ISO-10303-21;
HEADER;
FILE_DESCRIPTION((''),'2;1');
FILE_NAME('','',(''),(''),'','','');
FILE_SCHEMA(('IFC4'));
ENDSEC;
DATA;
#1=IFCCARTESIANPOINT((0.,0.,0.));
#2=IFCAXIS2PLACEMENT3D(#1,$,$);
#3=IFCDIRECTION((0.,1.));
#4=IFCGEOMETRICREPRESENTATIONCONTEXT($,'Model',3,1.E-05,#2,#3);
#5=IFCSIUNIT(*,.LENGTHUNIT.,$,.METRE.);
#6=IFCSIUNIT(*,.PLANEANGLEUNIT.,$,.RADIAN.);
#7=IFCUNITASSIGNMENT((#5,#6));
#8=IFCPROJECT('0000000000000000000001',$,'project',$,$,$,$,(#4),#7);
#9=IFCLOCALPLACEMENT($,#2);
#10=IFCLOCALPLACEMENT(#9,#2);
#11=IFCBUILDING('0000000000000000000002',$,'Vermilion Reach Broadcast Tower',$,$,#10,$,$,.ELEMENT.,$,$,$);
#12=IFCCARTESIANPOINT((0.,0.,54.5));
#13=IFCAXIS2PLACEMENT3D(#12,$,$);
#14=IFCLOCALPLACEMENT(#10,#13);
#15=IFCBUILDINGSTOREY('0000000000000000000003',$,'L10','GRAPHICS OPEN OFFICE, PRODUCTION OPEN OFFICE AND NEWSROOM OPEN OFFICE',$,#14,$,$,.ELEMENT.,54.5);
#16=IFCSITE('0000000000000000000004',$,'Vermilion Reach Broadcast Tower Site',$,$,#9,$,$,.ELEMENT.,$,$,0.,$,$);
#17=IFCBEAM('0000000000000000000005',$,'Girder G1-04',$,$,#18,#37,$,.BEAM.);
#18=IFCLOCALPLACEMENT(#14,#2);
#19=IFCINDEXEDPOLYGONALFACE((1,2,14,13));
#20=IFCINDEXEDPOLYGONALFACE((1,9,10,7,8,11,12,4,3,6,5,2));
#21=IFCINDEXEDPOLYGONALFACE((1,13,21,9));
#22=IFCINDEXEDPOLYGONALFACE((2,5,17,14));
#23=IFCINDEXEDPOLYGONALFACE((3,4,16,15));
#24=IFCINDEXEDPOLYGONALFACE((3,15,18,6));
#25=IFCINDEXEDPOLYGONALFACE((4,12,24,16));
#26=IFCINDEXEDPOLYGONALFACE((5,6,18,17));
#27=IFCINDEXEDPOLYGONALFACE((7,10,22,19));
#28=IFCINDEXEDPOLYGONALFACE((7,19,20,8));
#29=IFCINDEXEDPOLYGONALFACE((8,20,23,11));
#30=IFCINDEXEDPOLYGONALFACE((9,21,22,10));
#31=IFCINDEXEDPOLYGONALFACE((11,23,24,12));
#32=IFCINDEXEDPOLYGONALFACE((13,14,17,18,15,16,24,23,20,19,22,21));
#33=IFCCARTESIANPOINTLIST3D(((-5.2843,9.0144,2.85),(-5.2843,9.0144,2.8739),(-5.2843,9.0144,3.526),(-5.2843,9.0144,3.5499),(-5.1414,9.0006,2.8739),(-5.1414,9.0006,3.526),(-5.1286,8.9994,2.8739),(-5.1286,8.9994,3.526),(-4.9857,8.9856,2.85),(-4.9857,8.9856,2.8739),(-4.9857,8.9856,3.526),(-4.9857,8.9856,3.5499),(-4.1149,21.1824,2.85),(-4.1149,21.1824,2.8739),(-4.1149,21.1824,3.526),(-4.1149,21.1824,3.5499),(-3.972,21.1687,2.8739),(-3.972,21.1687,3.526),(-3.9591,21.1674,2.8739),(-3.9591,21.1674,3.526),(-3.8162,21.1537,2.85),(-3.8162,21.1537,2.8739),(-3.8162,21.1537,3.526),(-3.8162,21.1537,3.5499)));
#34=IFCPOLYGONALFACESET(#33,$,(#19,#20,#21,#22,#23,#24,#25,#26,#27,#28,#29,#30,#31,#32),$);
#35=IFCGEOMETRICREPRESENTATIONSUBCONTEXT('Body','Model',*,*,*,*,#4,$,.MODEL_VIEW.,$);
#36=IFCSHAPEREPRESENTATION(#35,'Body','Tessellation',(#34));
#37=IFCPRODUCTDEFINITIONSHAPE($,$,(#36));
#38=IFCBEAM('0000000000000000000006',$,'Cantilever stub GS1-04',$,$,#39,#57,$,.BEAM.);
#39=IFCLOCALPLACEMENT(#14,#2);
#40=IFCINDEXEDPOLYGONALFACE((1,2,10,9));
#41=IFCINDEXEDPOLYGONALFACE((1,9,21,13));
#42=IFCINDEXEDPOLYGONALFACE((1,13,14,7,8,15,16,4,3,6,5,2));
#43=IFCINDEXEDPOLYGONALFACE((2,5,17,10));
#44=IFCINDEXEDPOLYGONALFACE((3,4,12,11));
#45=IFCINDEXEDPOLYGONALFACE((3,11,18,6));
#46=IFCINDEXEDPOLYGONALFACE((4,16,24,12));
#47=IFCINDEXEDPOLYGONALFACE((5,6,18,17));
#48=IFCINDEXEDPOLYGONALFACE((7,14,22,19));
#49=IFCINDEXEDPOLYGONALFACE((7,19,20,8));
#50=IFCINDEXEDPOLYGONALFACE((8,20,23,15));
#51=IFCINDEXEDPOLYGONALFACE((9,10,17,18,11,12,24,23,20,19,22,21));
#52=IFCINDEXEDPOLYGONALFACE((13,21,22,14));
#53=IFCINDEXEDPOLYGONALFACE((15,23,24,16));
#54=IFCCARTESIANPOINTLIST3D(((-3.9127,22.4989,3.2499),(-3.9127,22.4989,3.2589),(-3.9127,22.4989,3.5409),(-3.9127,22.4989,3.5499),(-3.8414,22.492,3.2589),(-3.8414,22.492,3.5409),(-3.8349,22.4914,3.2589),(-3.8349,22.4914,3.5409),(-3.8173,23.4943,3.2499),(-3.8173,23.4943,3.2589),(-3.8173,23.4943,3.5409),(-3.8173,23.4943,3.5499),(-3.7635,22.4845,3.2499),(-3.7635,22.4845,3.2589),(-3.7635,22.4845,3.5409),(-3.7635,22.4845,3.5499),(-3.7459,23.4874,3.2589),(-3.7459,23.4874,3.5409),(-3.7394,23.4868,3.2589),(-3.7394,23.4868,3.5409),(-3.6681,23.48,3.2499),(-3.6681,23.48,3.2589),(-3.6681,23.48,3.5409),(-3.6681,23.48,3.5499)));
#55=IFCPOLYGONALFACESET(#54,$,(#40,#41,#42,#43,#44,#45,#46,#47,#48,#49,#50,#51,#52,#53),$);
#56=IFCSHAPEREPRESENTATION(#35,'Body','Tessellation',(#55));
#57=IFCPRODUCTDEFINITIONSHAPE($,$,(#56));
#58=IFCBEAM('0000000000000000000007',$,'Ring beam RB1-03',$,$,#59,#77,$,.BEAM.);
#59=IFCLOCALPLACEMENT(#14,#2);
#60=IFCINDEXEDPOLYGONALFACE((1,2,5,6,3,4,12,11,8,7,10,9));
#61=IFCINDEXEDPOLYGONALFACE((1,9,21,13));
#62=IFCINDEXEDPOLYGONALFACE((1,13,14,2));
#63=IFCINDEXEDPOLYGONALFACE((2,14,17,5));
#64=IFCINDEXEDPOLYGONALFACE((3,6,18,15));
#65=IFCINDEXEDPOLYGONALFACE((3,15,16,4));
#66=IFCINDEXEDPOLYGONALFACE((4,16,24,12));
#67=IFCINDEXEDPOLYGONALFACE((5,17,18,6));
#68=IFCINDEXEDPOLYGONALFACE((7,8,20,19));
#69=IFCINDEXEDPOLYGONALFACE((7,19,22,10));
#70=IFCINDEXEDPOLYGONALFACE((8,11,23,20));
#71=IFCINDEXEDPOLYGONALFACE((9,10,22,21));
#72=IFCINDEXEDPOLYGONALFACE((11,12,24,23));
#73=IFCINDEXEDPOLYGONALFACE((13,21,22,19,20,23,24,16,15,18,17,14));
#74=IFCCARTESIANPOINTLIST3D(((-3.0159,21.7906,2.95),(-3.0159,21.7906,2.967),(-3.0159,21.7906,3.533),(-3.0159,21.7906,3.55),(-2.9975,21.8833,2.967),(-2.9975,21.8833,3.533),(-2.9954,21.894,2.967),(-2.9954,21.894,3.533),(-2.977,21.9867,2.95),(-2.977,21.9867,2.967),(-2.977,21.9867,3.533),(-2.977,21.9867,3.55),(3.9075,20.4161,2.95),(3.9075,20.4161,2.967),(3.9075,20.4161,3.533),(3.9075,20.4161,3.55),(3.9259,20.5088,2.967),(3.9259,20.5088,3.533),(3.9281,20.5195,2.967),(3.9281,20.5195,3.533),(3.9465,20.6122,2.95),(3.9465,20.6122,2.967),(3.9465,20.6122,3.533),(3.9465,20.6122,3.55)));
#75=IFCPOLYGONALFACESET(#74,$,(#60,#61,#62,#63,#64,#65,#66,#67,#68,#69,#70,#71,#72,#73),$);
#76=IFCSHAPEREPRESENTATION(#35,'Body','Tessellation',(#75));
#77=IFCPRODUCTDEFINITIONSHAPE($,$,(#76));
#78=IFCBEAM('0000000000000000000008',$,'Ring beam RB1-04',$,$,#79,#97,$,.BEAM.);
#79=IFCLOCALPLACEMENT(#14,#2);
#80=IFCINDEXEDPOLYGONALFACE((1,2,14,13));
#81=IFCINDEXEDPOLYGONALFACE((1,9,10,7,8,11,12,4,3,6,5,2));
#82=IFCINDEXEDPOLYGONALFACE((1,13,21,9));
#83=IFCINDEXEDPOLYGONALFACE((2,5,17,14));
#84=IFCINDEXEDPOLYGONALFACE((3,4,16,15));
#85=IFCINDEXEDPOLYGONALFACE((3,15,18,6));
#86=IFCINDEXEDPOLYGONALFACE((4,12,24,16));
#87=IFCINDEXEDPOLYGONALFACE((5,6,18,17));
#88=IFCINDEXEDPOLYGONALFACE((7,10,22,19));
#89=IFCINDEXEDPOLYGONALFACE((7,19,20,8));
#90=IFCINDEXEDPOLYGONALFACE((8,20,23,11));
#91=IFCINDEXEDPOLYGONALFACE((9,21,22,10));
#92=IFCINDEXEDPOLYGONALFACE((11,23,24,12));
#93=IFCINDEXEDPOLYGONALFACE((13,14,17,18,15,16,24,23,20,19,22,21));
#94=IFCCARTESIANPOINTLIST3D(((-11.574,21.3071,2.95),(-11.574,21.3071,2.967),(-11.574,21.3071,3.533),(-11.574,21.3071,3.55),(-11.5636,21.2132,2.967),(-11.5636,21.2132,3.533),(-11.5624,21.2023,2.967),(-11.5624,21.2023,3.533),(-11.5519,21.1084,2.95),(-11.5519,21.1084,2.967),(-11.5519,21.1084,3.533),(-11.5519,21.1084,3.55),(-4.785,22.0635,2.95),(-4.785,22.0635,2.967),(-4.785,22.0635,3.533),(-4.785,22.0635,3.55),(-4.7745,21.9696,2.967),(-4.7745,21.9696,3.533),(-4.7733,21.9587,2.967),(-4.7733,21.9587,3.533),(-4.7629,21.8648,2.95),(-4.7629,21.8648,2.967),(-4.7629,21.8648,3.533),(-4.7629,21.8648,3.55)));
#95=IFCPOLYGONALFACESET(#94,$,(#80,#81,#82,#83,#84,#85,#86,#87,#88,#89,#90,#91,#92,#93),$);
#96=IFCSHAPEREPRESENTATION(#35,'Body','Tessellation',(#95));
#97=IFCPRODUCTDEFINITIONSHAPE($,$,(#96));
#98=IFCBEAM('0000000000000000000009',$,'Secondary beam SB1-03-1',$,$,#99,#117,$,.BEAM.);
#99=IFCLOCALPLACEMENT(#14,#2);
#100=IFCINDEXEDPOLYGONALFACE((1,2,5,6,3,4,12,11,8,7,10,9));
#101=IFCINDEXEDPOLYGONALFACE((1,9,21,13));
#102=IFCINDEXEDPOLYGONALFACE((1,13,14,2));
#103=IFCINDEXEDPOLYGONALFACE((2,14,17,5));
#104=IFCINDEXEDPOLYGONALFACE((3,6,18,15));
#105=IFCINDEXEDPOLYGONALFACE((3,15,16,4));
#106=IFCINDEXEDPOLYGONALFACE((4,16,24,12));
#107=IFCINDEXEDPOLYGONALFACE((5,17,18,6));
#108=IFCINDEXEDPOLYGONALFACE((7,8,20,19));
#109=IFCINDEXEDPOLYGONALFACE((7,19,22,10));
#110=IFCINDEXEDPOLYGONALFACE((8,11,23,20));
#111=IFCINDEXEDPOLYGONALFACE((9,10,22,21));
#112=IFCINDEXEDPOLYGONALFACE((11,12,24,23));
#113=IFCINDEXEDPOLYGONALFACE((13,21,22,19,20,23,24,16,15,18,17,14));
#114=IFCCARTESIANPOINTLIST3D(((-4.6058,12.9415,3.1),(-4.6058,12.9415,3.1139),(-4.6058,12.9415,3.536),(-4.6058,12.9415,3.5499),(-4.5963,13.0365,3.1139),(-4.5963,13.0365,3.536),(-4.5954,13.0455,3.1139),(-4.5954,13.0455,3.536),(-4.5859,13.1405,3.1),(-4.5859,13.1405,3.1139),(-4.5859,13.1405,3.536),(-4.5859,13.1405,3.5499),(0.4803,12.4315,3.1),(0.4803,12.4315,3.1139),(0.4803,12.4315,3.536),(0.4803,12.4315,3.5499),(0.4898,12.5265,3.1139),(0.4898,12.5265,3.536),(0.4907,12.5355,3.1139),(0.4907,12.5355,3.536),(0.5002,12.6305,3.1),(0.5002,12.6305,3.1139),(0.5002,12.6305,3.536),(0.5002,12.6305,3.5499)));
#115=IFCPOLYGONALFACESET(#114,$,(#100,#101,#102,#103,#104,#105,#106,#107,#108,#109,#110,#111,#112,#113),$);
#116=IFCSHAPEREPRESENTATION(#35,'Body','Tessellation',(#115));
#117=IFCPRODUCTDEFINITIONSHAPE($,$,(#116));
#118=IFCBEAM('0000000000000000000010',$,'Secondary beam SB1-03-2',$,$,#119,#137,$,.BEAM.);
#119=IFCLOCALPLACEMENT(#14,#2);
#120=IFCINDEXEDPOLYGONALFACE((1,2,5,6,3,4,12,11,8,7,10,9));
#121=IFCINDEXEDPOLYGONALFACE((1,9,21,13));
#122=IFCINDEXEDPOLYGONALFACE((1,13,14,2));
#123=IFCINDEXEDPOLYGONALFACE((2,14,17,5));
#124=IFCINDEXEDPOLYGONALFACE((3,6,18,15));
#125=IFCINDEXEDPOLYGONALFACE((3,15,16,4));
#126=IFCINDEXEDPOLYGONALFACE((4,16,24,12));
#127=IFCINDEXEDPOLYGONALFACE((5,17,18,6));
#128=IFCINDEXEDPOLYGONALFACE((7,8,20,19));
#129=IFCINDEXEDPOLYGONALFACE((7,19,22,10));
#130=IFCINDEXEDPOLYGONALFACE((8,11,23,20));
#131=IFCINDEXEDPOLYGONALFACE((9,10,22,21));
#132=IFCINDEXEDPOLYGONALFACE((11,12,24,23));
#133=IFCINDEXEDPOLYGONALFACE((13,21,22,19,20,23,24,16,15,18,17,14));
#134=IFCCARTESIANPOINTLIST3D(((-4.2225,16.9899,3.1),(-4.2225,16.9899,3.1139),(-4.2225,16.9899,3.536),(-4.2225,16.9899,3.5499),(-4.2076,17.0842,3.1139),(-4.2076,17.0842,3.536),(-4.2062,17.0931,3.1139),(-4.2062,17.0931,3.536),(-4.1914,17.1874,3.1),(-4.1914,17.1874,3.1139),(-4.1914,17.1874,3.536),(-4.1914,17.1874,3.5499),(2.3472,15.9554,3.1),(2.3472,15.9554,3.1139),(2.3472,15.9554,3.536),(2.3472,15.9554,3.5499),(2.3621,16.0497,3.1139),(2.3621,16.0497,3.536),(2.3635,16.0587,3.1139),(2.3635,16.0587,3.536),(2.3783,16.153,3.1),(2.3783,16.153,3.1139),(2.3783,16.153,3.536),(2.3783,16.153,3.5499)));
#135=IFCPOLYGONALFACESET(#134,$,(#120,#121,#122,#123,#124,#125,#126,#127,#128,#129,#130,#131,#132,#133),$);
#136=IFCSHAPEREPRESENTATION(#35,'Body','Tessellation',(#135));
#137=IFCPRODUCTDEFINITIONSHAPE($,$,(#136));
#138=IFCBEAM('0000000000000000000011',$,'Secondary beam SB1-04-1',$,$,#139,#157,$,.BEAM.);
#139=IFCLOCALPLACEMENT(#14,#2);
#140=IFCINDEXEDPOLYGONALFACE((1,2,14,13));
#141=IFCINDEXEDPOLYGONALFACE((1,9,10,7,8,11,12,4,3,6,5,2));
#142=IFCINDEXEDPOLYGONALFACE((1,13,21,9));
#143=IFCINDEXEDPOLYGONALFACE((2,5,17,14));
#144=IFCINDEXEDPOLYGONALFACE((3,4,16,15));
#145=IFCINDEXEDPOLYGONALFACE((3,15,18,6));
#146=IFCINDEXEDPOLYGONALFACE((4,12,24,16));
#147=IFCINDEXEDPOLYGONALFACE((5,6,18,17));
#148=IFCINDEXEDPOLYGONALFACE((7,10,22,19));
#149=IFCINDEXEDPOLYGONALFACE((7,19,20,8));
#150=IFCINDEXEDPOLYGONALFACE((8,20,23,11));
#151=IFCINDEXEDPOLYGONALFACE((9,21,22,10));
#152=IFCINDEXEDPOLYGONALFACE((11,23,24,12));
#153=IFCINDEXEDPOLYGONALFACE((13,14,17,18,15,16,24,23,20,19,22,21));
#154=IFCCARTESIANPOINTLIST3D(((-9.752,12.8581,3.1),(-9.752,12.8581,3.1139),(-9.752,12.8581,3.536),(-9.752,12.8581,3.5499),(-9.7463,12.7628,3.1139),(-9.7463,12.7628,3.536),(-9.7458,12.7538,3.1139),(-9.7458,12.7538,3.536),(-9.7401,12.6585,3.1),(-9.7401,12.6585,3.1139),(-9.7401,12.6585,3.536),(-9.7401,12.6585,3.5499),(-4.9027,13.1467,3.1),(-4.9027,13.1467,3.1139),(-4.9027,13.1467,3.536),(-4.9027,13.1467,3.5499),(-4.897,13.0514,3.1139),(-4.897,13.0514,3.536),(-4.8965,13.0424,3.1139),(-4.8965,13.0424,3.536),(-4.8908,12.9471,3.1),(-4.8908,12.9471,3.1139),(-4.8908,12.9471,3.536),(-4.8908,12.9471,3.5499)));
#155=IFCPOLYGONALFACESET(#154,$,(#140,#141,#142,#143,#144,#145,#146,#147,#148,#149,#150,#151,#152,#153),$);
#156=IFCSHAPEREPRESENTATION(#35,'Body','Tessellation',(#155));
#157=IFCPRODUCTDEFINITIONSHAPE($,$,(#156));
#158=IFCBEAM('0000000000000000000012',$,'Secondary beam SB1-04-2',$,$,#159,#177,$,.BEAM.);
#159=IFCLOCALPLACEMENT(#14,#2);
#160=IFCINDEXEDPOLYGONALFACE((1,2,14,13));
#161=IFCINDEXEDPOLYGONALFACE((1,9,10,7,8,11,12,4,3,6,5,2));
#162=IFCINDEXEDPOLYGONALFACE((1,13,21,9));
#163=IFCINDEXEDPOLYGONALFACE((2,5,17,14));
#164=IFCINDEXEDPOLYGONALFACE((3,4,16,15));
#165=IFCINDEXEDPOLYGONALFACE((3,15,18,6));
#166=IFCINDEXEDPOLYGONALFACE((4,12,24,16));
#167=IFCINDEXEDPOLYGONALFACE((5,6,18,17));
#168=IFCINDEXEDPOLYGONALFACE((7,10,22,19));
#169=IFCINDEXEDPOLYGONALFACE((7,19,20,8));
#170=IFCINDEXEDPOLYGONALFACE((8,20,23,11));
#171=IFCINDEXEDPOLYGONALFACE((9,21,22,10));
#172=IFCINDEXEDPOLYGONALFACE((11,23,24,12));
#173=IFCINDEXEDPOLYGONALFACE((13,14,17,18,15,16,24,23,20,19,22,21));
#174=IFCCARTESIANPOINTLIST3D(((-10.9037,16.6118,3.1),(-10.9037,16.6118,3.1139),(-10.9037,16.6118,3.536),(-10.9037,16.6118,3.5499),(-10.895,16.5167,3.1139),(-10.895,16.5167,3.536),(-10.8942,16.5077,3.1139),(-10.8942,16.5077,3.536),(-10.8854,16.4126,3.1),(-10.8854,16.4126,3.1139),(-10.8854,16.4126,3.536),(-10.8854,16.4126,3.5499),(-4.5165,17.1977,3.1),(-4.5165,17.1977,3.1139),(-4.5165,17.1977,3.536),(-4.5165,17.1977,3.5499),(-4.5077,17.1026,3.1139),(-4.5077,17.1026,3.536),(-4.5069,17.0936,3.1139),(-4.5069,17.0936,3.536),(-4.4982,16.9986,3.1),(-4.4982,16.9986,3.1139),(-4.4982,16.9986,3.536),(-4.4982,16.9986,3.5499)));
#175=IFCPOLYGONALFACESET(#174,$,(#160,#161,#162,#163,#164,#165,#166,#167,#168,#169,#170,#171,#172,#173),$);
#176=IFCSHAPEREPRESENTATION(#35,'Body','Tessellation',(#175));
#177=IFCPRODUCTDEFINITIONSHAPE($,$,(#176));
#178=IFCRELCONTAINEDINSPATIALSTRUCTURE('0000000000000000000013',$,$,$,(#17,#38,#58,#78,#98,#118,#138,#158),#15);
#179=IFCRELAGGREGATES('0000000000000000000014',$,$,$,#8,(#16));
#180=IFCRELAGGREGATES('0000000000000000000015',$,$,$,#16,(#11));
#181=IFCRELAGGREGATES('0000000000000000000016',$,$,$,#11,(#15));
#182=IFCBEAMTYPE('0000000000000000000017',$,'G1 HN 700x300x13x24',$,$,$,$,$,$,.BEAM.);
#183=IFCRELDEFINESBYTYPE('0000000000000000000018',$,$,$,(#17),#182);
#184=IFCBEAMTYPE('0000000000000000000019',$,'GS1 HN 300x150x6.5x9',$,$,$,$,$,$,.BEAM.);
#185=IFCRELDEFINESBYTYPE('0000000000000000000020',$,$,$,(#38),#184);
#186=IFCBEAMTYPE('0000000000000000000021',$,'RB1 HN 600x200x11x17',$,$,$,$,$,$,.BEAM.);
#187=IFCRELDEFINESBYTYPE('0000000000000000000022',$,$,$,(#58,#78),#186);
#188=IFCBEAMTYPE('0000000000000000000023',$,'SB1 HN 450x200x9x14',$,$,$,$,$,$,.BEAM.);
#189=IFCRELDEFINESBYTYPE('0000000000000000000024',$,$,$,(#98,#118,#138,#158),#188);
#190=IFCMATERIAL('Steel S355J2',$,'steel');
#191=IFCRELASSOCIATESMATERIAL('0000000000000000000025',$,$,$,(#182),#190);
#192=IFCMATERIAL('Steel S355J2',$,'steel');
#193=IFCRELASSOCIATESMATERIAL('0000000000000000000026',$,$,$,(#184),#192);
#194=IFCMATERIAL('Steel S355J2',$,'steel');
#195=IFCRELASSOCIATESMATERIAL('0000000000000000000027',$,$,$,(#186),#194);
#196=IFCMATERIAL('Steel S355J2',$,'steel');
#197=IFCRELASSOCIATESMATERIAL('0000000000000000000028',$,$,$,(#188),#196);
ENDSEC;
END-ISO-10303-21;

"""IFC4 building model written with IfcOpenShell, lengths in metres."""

from ifc_helpers import new_model, si_unit, direction, frame, origin, origin_2d, place, context, subcontext, project, spatial, i_section, extrude, material, material_profile, profile_set, type_object, element, save


model = new_model("IFC4")

# Units and contexts
model_context = context("Model", 3, precision=1e-05, world=origin(), true_north=direction((0.0, 1.0)))
body_context = subcontext(model_context, "Body", "Model", "MODEL_VIEW")
ifc_project = project(units=[si_unit("LENGTHUNIT", "METRE"), si_unit("PLANEANGLEUNIT", "RADIAN")], contexts=[model_context])

# Site, building, storey
site_placement = place(None, origin())
site = spatial("IfcSite", under=ifc_project, at=site_placement, Name="Vermilion Reach Broadcast Tower Site", CompositionType="ELEMENT", RefElevation=0.0)
building_placement = place(site_placement, origin())
building = spatial("IfcBuilding", under=site, at=building_placement, Name="Vermilion Reach Broadcast Tower", CompositionType="ELEMENT")
storey_placement = place(building_placement, frame((0.0, 0.0, 54.5)))
storey = spatial("IfcBuildingStorey", under=building, at=storey_placement, Name="L10", Description="GRAPHICS OPEN OFFICE, PRODUCTION OPEN OFFICE AND NEWSROOM OPEN OFFICE", CompositionType="ELEMENT", Elevation=54.5)

# Beams
ifc_material_1 = material(Name="Steel S355J2", Category="steel")
ifc_material_profile_1 = material_profile(ifc_material_1, i_section(OverallWidth=0.3, OverallDepth=0.7, WebThickness=0.0129, FlangeThickness=0.0239, at=origin_2d()), Name="S355J2 HN 700x300x13x24")
ifc_profile_set_1 = profile_set([ifc_material_profile_1], Name="Steel S355J2")
beam_type_1 = type_object("IfcBeamType", Name="G1 HN 700x300x13x24", PredefinedType="BEAM", material=ifc_profile_set_1)
beam_1_placement = place(storey_placement, frame((-5.135, 9.0, 3.2), z_axis=(0.095667, 0.995413, 0.0), x_axis=(-0.995413, 0.095667, 0.0)))
element("IfcBeam", 1, at=beam_1_placement, inside=storey, type_object=beam_type_1, Name="Girder G1-04", PredefinedType="BEAM", context=body_context, shape_type="SweptSolid", body=[
    extrude(i_section(OverallWidth=0.3, OverallDepth=0.7, WebThickness=0.0129, FlangeThickness=0.0239, at=origin_2d()), origin(), (0.0, 0.0, 1.0), 12.2241),
])
ifc_material_2 = material(Name="Steel S355J2", Category="steel")
ifc_material_profile_2 = material_profile(ifc_material_2, i_section(OverallWidth=0.1499, OverallDepth=0.3, WebThickness=0.0066, FlangeThickness=0.009, at=origin_2d()), Name="S355J2 HN 300x150x6.5x9")
ifc_profile_set_2 = profile_set([ifc_material_profile_2], Name="Steel S355J2")
beam_type_2 = type_object("IfcBeamType", Name="GS1 HN 300x150x6.5x9", PredefinedType="BEAM", material=ifc_profile_set_2)
beam_2_placement = place(storey_placement, frame((-3.8381, 22.4917, 3.3999), z_axis=(0.095466, 0.995433, 0.0), x_axis=(-0.995433, 0.095466, 0.0)))
element("IfcBeam", 2, at=beam_2_placement, inside=storey, type_object=beam_type_2, Name="Cantilever stub GS1-04", PredefinedType="BEAM", context=body_context, shape_type="SweptSolid", body=[
    extrude(i_section(OverallWidth=0.1499, OverallDepth=0.3, WebThickness=0.0066, FlangeThickness=0.009, at=origin_2d()), origin(), (0.0, 0.0, 1.0), 1.0),
])
ifc_material_3 = material(Name="Steel S355J2", Category="steel")
ifc_material_profile_3 = material_profile(ifc_material_3, i_section(OverallWidth=0.2, OverallDepth=0.6001, WebThickness=0.011, FlangeThickness=0.0171, at=origin_2d()), Name="S355J2 HN 600x200x11x17")
ifc_profile_set_3 = profile_set([ifc_material_profile_3], Name="Steel S355J2")
beam_type_3 = type_object("IfcBeamType", Name="RB1 HN 600x200x11x17", PredefinedType="BEAM", material=ifc_profile_set_3)
beam_3_placement = place(storey_placement, frame((3.927, 20.5142, 3.25), z_axis=(-0.980858, 0.194726, 0.0), x_axis=(-0.194726, -0.980858, 0.0)))
element("IfcBeam", 3, at=beam_3_placement, inside=storey, type_object=beam_type_3, Name="Ring beam RB1-03", PredefinedType="BEAM", context=body_context, shape_type="SweptSolid", body=[
    extrude(i_section(OverallWidth=0.2, OverallDepth=0.6001, WebThickness=0.011, FlangeThickness=0.0171, at=origin_2d()), origin(), (0.0, 0.0, 1.0), 7.0586),
])
beam_4_placement = place(storey_placement, frame((-4.7739, 21.9641, 3.25), z_axis=(-0.993851, -0.110722, 0.0), x_axis=(0.110722, -0.993851, 0.0)))
element("IfcBeam", 4, at=beam_4_placement, inside=storey, type_object=beam_type_3, Name="Ring beam RB1-04", PredefinedType="BEAM", context=body_context, shape_type="SweptSolid", body=[
    extrude(i_section(OverallWidth=0.2, OverallDepth=0.6001, WebThickness=0.011, FlangeThickness=0.0171, at=origin_2d()), origin(), (0.0, 0.0, 1.0), 6.8311),
])
ifc_material_4 = material(Name="Steel S355J2", Category="steel")
ifc_material_profile_4 = material_profile(ifc_material_4, i_section(OverallWidth=0.2, OverallDepth=0.45, WebThickness=0.009, FlangeThickness=0.0139, at=origin_2d()), Name="S355J2 HN 450x200x9x14")
ifc_profile_set_4 = profile_set([ifc_material_profile_4], Name="Steel S355J2")
beam_type_4 = type_object("IfcBeamType", Name="SB1 HN 450x200x9x14", PredefinedType="BEAM", material=ifc_profile_set_4)
beam_5_placement = place(storey_placement, frame((0.4902, 12.531, 3.325), z_axis=(-0.99501, 0.099773, 0.0), x_axis=(-0.099773, -0.99501, 0.0)))
element("IfcBeam", 5, at=beam_5_placement, inside=storey, type_object=beam_type_4, Name="Secondary beam SB1-03-1", PredefinedType="BEAM", context=body_context, shape_type="SweptSolid", body=[
    extrude(i_section(OverallWidth=0.2, OverallDepth=0.45, WebThickness=0.009, FlangeThickness=0.0139, at=origin_2d()), origin(), (0.0, 0.0, 1.0), 5.1116),
])
beam_6_placement = place(storey_placement, frame((2.3628, 16.0542, 3.325), z_axis=(-0.98783, 0.15554, 0.0), x_axis=(-0.15554, -0.98783, 0.0)))
element("IfcBeam", 6, at=beam_6_placement, inside=storey, type_object=beam_type_4, Name="Secondary beam SB1-03-2", PredefinedType="BEAM", context=body_context, shape_type="SweptSolid", body=[
    extrude(i_section(OverallWidth=0.2, OverallDepth=0.45, WebThickness=0.009, FlangeThickness=0.0139, at=origin_2d()), origin(), (0.0, 0.0, 1.0), 6.6506),
])
beam_7_placement = place(storey_placement, frame((-4.8967, 13.0469, 3.325), z_axis=(-0.998234, -0.059403, 0.0), x_axis=(0.059403, -0.998234, 0.0)))
element("IfcBeam", 7, at=beam_7_placement, inside=storey, type_object=beam_type_4, Name="Secondary beam SB1-04-1", PredefinedType="BEAM", context=body_context, shape_type="SweptSolid", body=[
    extrude(i_section(OverallWidth=0.2, OverallDepth=0.45, WebThickness=0.009, FlangeThickness=0.0139, at=origin_2d()), origin(), (0.0, 0.0, 1.0), 4.8579),
])
beam_8_placement = place(storey_placement, frame((-4.5073, 17.0981, 3.325), z_axis=(-0.995819, -0.091353, 0.0), x_axis=(0.091353, -0.995819, 0.0)))
element("IfcBeam", 8, at=beam_8_placement, inside=storey, type_object=beam_type_4, Name="Secondary beam SB1-04-2", PredefinedType="BEAM", context=body_context, shape_type="SweptSolid", body=[
    extrude(i_section(OverallWidth=0.2, OverallDepth=0.45, WebThickness=0.009, FlangeThickness=0.0139, at=origin_2d()), origin(), (0.0, 0.0, 1.0), 6.4141),
])

save(model, "model.ifc")
